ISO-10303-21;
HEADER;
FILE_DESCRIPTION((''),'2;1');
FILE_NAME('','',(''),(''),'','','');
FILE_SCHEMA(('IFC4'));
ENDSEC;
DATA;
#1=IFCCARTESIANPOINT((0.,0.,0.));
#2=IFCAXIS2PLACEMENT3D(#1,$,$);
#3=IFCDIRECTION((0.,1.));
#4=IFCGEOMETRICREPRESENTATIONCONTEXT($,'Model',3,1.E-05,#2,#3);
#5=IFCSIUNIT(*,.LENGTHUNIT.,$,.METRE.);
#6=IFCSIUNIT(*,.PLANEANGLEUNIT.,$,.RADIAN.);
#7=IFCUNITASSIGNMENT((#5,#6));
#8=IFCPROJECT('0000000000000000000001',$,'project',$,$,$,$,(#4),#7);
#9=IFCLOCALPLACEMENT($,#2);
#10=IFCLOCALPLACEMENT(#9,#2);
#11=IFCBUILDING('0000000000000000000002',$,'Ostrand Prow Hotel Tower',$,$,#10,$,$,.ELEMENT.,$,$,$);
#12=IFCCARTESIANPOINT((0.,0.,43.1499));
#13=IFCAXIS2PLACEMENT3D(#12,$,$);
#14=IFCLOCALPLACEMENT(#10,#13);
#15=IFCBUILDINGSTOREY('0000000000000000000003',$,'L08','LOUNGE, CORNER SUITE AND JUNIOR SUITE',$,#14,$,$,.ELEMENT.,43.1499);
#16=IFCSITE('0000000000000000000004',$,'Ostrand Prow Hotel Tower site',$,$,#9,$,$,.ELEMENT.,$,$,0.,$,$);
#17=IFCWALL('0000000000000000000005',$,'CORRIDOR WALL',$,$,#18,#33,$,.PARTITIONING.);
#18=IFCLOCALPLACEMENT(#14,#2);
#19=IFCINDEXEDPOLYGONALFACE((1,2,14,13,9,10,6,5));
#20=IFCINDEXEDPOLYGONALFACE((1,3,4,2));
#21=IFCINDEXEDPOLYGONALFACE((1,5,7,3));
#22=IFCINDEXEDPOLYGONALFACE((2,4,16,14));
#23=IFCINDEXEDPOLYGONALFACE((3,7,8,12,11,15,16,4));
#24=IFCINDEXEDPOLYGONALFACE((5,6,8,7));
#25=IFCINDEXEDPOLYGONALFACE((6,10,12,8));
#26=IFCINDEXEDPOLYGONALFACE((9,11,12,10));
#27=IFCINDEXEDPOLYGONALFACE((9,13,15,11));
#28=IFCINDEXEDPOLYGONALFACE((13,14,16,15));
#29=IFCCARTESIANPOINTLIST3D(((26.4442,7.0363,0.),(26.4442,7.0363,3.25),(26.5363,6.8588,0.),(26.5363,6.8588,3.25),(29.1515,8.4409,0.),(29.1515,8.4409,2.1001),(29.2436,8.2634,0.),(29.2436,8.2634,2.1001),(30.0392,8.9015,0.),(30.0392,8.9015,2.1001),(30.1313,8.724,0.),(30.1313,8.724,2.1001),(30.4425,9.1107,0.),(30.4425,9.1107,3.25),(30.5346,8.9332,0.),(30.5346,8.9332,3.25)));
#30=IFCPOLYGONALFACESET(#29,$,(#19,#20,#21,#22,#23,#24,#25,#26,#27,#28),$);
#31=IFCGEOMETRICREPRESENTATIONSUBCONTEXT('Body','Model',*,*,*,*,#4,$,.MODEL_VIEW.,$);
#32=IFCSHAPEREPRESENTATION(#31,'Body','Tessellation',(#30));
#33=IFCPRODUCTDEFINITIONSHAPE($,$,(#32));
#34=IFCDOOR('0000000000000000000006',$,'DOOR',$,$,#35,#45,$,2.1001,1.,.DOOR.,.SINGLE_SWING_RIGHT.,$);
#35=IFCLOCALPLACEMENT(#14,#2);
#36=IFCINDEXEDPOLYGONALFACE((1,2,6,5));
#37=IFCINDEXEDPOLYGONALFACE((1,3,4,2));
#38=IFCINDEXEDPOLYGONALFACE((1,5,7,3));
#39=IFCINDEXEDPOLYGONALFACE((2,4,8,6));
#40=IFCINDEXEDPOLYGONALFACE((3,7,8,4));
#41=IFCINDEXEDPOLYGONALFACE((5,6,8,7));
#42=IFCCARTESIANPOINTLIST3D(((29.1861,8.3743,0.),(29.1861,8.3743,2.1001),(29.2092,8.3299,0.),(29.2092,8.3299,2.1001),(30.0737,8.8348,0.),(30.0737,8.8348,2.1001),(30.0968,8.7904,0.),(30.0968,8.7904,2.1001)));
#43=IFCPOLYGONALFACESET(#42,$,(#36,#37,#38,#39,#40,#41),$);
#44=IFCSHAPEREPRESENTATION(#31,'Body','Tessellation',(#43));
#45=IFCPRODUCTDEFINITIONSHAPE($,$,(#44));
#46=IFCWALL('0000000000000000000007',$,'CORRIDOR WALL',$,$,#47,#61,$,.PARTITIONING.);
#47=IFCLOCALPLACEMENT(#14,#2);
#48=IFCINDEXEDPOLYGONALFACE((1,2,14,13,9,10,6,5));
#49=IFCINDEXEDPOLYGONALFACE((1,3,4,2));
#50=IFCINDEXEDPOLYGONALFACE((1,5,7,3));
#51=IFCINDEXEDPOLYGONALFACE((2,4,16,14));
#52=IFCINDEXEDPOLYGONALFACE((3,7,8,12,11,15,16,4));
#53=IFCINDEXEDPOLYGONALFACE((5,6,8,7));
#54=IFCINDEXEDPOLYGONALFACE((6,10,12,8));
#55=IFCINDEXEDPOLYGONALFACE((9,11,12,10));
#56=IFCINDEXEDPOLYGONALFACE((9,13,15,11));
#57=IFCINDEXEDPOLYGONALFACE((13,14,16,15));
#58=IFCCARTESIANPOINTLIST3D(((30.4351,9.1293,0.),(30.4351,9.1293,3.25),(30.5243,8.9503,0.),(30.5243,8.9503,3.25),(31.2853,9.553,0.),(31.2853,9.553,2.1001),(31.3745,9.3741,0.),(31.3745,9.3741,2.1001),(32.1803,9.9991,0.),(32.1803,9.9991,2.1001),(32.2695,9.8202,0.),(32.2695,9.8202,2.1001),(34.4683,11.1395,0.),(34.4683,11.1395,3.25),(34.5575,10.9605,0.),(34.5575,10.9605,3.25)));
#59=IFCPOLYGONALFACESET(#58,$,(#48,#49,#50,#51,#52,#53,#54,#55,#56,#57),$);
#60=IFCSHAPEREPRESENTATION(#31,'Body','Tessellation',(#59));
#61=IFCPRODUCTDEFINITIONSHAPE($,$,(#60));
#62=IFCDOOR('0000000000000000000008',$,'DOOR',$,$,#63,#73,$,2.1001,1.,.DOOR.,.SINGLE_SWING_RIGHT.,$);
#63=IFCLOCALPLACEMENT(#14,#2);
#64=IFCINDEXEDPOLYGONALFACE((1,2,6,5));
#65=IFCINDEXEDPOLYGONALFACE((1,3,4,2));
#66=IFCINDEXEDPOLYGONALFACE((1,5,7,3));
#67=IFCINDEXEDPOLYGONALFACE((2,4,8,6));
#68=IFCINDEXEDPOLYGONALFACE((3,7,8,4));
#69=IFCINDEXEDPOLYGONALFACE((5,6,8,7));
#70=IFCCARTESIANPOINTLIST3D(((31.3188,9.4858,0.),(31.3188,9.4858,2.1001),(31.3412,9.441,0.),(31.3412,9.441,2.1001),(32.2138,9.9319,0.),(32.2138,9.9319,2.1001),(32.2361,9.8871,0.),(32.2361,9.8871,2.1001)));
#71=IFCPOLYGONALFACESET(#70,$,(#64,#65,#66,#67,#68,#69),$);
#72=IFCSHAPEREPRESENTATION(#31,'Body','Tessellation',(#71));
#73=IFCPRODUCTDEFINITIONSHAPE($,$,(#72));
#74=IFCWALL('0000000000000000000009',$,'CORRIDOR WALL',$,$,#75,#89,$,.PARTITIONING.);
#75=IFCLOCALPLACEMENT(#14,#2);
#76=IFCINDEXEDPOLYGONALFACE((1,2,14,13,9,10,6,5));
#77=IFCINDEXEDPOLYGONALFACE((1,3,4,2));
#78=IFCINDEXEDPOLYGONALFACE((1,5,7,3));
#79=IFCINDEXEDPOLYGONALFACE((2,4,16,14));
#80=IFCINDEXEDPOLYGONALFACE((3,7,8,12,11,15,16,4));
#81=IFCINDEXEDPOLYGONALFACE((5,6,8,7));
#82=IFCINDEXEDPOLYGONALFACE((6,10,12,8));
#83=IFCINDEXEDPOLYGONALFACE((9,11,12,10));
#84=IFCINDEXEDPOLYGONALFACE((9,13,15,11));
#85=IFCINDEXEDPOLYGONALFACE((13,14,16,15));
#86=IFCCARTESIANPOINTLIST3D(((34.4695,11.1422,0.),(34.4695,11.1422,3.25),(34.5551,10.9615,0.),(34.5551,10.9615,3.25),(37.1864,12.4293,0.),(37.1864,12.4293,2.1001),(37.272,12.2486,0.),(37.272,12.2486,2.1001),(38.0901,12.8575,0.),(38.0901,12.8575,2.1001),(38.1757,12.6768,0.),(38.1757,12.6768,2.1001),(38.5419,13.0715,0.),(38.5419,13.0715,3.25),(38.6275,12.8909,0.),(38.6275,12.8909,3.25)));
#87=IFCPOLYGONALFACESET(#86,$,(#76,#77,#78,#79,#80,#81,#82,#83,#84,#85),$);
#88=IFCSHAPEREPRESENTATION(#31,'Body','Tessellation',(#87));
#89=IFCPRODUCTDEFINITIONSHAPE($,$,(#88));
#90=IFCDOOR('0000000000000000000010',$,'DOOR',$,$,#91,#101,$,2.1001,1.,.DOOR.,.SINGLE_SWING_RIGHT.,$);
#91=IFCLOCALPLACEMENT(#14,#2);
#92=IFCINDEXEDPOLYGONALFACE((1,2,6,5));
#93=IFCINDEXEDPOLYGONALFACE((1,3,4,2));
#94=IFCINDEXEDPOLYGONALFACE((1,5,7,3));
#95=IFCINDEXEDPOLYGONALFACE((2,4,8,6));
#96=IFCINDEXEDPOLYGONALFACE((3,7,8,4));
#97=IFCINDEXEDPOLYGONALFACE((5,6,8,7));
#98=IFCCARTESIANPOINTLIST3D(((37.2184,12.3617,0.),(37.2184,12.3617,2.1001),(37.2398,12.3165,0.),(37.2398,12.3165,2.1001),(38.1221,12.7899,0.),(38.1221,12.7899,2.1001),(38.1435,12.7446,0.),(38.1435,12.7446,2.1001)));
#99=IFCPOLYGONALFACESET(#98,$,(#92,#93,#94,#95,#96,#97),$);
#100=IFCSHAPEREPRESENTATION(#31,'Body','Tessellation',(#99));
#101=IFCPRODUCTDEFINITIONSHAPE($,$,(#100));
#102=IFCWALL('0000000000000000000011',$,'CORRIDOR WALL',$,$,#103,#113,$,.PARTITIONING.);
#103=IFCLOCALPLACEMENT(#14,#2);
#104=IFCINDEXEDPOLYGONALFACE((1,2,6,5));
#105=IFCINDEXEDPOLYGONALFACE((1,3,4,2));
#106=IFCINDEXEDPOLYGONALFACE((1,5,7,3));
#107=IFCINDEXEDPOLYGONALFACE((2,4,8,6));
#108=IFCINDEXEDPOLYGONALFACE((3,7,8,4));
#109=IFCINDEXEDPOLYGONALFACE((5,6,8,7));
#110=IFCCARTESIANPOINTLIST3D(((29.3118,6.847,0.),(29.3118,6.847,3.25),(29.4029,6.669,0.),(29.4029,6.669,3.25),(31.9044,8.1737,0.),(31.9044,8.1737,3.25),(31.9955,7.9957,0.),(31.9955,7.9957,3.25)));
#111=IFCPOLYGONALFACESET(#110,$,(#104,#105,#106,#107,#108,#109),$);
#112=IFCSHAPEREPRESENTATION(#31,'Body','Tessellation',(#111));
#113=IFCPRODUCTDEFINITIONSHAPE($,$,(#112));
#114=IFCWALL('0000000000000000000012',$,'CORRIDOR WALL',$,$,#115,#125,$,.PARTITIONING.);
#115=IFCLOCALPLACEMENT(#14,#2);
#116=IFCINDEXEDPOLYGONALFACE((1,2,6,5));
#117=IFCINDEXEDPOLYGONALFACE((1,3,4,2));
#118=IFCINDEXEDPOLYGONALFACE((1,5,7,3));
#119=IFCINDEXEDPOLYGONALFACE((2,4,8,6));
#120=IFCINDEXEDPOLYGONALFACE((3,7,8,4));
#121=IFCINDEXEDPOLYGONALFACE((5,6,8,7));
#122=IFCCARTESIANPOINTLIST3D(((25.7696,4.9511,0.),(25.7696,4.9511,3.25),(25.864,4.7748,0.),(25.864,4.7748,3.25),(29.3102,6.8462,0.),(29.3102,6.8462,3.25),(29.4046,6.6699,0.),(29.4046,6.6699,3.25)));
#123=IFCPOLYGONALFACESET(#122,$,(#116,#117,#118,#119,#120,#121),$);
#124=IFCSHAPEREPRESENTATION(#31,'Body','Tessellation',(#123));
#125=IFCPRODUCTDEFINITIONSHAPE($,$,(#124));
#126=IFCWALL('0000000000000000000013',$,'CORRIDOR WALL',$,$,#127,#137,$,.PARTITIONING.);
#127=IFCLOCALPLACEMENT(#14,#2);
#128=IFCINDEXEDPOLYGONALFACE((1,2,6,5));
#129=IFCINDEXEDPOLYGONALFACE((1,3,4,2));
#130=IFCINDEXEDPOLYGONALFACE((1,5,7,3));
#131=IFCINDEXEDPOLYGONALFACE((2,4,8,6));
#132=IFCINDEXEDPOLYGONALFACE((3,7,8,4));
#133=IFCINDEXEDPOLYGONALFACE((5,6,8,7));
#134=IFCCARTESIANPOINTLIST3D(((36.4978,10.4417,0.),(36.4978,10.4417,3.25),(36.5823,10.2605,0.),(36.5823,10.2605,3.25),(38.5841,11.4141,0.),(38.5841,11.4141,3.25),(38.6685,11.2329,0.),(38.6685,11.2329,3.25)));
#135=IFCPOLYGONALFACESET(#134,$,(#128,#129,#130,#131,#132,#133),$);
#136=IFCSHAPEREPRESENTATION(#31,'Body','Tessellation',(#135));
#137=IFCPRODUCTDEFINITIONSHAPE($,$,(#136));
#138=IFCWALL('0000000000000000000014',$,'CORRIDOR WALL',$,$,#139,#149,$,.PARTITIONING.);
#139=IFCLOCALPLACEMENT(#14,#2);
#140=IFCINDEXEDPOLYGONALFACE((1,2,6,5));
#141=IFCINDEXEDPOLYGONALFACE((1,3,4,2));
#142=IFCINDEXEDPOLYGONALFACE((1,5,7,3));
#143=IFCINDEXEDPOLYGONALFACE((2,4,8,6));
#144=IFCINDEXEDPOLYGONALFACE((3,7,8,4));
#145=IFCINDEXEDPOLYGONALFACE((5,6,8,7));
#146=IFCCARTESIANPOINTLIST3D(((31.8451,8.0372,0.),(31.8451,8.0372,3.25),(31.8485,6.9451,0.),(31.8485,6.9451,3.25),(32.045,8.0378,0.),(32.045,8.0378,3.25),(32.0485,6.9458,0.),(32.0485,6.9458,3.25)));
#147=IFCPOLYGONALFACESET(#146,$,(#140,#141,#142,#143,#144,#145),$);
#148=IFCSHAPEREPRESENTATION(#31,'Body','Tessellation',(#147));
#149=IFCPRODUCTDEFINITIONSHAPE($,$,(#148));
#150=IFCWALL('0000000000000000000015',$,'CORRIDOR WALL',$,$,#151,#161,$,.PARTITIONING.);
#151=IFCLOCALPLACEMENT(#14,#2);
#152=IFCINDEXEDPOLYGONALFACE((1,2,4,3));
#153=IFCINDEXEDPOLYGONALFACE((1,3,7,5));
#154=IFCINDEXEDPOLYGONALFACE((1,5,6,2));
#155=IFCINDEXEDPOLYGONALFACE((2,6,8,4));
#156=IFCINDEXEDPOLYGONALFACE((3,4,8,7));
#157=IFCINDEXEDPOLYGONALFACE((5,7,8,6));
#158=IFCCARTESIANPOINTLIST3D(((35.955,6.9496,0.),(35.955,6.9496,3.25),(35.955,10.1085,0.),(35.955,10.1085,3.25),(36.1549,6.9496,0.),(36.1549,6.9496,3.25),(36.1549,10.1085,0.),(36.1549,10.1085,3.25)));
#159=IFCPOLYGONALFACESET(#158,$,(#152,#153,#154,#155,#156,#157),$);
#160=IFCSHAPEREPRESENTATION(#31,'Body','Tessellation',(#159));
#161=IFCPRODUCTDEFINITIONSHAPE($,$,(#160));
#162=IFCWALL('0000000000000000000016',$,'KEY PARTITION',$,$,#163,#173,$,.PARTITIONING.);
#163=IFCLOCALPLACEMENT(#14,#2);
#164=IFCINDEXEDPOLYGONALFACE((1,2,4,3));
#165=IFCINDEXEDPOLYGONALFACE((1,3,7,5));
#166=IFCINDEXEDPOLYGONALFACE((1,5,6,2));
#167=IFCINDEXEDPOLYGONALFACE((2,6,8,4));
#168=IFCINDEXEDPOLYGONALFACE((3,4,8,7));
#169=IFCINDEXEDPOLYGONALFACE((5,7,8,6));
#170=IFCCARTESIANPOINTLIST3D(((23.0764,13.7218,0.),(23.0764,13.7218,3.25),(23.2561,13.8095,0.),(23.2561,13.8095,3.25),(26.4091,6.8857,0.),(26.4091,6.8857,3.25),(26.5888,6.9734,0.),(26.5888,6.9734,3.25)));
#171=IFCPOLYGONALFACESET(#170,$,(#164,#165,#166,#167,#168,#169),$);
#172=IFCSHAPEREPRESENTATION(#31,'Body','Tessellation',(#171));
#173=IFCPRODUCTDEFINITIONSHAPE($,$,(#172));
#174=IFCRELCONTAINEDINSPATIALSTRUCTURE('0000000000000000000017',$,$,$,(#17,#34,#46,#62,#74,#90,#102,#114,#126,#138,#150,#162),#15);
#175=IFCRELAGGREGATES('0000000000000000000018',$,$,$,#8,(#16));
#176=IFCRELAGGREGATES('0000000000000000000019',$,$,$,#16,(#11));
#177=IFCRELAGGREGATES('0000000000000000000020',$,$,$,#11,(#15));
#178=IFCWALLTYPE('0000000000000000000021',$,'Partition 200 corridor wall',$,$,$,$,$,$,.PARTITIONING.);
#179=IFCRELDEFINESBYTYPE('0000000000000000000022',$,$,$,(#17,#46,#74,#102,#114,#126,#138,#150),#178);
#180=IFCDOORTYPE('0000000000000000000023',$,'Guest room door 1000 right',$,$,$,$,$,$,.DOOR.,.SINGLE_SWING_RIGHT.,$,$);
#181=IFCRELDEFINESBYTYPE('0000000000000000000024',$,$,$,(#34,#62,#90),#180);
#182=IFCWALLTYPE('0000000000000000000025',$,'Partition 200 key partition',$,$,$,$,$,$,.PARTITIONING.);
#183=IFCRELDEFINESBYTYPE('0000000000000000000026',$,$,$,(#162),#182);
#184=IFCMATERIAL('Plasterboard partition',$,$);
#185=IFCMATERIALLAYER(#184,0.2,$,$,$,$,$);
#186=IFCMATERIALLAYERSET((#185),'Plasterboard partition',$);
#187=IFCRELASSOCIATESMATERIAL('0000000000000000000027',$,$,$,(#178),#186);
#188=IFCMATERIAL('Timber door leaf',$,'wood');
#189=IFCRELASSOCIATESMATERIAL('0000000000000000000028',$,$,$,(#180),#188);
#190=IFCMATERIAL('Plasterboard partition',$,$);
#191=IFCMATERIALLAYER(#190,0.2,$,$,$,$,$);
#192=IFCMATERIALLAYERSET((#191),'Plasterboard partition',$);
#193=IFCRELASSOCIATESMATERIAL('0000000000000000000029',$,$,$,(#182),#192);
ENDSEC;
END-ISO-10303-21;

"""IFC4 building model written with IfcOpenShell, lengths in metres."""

from ifc_helpers import new_model, si_unit, direction, frame, frame_2d, origin, place, context, subcontext, project, spatial, rectangle, extrude, material, layer, layer_set, type_object, element, fill, save


model = new_model("IFC4")

# Units and contexts
model_context = context("Model", 3, precision=1e-05, world=origin(), true_north=direction((0.0, 1.0)))
body_context = subcontext(model_context, "Body", "Model", "MODEL_VIEW")
ifc_project = project(units=[si_unit("LENGTHUNIT", "METRE"), si_unit("PLANEANGLEUNIT", "RADIAN")], contexts=[model_context])

# Site, building, storey
site_placement = place(None, origin())
site = spatial("IfcSite", under=ifc_project, at=site_placement, Name="Ostrand Prow Hotel Tower site", CompositionType="ELEMENT", RefElevation=0.0)
building_placement = place(site_placement, origin())
building = spatial("IfcBuilding", under=site, at=building_placement, Name="Ostrand Prow Hotel Tower", CompositionType="ELEMENT")
storey_placement = place(building_placement, frame((0.0, 0.0, 43.1499)))
storey = spatial("IfcBuildingStorey", under=building, at=storey_placement, Name="L08", Description="LOUNGE, CORNER SUITE AND JUNIOR SUITE", CompositionType="ELEMENT", Elevation=43.1499)

# Walls, openings, doors
ifc_material_1 = material(Name="Plasterboard partition")
ifc_layer_1 = layer(ifc_material_1, 0.2)
ifc_layer_set_1 = layer_set([ifc_layer_1], Name="Plasterboard partition")
wall_type_1 = type_object("IfcWallType", Name="Partition 200 corridor wall", PredefinedType="PARTITIONING", material=ifc_layer_set_1)
wall_1_placement = place(storey_placement, frame((26.4902, 6.9475, 0.0), z_axis=(0.0, 0.0, 1.0), x_axis=(0.887639, 0.46054, 0.0)))
wall_1 = element("IfcWall", 1, at=wall_1_placement, inside=storey, type_object=wall_type_1, Name="CORRIDOR WALL", PredefinedType="PARTITIONING", context=body_context, shape_type="SweptSolid", body=[
    extrude(rectangle(XDim=4.5044, YDim=0.2, at=frame_2d((2.2522, 0.0))), origin(), (0.0, 0.0, 1.0), 3.25),
])
opening_1_placement = place(wall_1_placement, frame((3.05, 0.0, 0.0)))
opening_1 = element("IfcOpeningElement", 2, at=opening_1_placement, cuts=wall_1, PredefinedType="OPENING", context=body_context, shape_type="SweptSolid", body=[
    extrude(rectangle(XDim=1.0, YDim=2.1001, at=frame_2d((0.5, 1.05))), frame((0.0, 0.1099, 0.0), z_axis=(0.0, -1.0, 0.0), x_axis=(1.0, 0.0, 0.0)), (0.0, 0.0, 1.0), 0.22),
])
ifc_material_2 = material(Name="Timber door leaf", Category="wood")
door_type_1 = type_object("IfcDoorType", Name="Guest room door 1000 right", OperationType="SINGLE_SWING_RIGHT", PredefinedType="DOOR", material=ifc_material_2)
door_1_placement = place(opening_1_placement, origin())
door_1 = element("IfcDoor", 3, at=door_1_placement, inside=storey, type_object=door_type_1, Name="DOOR", OperationType="SINGLE_SWING_RIGHT", OverallHeight=2.1001, OverallWidth=1.0, PredefinedType="DOOR", context=body_context, shape_type="SweptSolid", body=[
    extrude(rectangle(XDim=1.0, YDim=2.1001, at=frame_2d((0.5, 1.05))), frame((0.0, 0.0249, 0.0), z_axis=(0.0, -1.0, 0.0), x_axis=(1.0, 0.0, 0.0)), (0.0, 0.0, 1.0), 0.05),
])
fill(opening_1, door_1)
wall_2_placement = place(storey_placement, frame((30.4797, 9.0398, 0.0), z_axis=(0.0, 0.0, 1.0), x_axis=(0.89499, 0.446086, 0.0)))
wall_2 = element("IfcWall", 4, at=wall_2_placement, inside=storey, type_object=wall_type_1, Name="CORRIDOR WALL", PredefinedType="PARTITIONING", context=body_context, shape_type="SweptSolid", body=[
    extrude(rectangle(XDim=4.5063, YDim=0.2, at=frame_2d((2.2532, 0.0))), origin(), (0.0, 0.0, 1.0), 3.25),
])
opening_2_placement = place(wall_2_placement, frame((0.95, 0.0, 0.0)))
opening_2 = element("IfcOpeningElement", 5, at=opening_2_placement, cuts=wall_2, PredefinedType="OPENING", context=body_context, shape_type="SweptSolid", body=[
    extrude(rectangle(XDim=1.0, YDim=2.1001, at=frame_2d((0.5, 1.05))), frame((0.0, 0.1099, 0.0), z_axis=(0.0, -1.0, 0.0), x_axis=(1.0, 0.0, 0.0)), (0.0, 0.0, 1.0), 0.22),
])
door_2_placement = place(opening_2_placement, origin())
door_2 = element("IfcDoor", 6, at=door_2_placement, inside=storey, type_object=door_type_1, Name="DOOR", OperationType="SINGLE_SWING_RIGHT", OverallHeight=2.1001, OverallWidth=1.0, PredefinedType="DOOR", context=body_context, shape_type="SweptSolid", body=[
    extrude(rectangle(XDim=1.0, YDim=2.1001, at=frame_2d((0.5, 1.05))), frame((0.0, 0.0249, 0.0), z_axis=(0.0, -1.0, 0.0), x_axis=(1.0, 0.0, 0.0)), (0.0, 0.0, 1.0), 0.05),
])
fill(opening_2, door_2)
wall_3_placement = place(storey_placement, frame((38.5847, 12.9812, 0.0), z_axis=(0.0, 0.0, 1.0), x_axis=(-0.903707, -0.428152, 0.0)))
wall_3 = element("IfcWall", 7, at=wall_3_placement, inside=storey, type_object=wall_type_1, Name="CORRIDOR WALL", PredefinedType="PARTITIONING", context=body_context, shape_type="SweptSolid", body=[
    extrude(rectangle(XDim=4.5063, YDim=0.2, at=frame_2d((2.2532, 0.0))), origin(), (0.0, 0.0, 1.0), 3.25),
])
opening_3_placement = place(wall_3_placement, frame((0.5, 0.0, 0.0)))
opening_3 = element("IfcOpeningElement", 8, at=opening_3_placement, cuts=wall_3, PredefinedType="OPENING", context=body_context, shape_type="SweptSolid", body=[
    extrude(rectangle(XDim=1.0, YDim=2.1001, at=frame_2d((0.5, 1.05))), frame((0.0, 0.1099, 0.0), z_axis=(0.0, -1.0, 0.0), x_axis=(1.0, 0.0, 0.0)), (0.0, 0.0, 1.0), 0.22),
])
door_3_placement = place(opening_3_placement, origin())
door_3 = element("IfcDoor", 9, at=door_3_placement, inside=storey, type_object=door_type_1, Name="DOOR", OperationType="SINGLE_SWING_RIGHT", OverallHeight=2.1001, OverallWidth=1.0, PredefinedType="DOOR", context=body_context, shape_type="SweptSolid", body=[
    extrude(rectangle(XDim=1.0, YDim=2.1001, at=frame_2d((0.5, 1.05))), frame((0.0, 0.0249, 0.0), z_axis=(0.0, -1.0, 0.0), x_axis=(1.0, 0.0, 0.0)), (0.0, 0.0, 1.0), 0.05),
])
fill(opening_3, door_3)

# Walls
wall_4_placement = place(storey_placement, frame((29.3574, 6.7581, 0.0), z_axis=(0.0, 0.0, 1.0), x_axis=(0.890213, 0.455544, 0.0)))
element("IfcWall", 10, at=wall_4_placement, inside=storey, type_object=wall_type_1, Name="CORRIDOR WALL", PredefinedType="PARTITIONING", context=body_context, shape_type="SweptSolid", body=[
    extrude(rectangle(XDim=2.9124, YDim=0.2, at=frame_2d((1.4561, 0.0))), origin(), (0.0, 0.0, 1.0), 3.25),
])
wall_5_placement = place(storey_placement, frame((25.8169, 4.863, 0.0), z_axis=(0.0, 0.0, 1.0), x_axis=(0.881655, 0.471894, 0.0)))
element("IfcWall", 11, at=wall_5_placement, inside=storey, type_object=wall_type_1, Name="CORRIDOR WALL", PredefinedType="PARTITIONING", context=body_context, shape_type="SweptSolid", body=[
    extrude(rectangle(XDim=4.0159, YDim=0.2, at=frame_2d((2.0078, 0.0))), origin(), (0.0, 0.0, 1.0), 3.25),
])
wall_6_placement = place(storey_placement, frame((36.54, 10.3511, 0.0), z_axis=(0.0, 0.0, 1.0), x_axis=(0.906373, 0.422479, 0.0)))
element("IfcWall", 12, at=wall_6_placement, inside=storey, type_object=wall_type_1, Name="CORRIDOR WALL", PredefinedType="PARTITIONING", context=body_context, shape_type="SweptSolid", body=[
    extrude(rectangle(XDim=2.3018, YDim=0.2, at=frame_2d((1.1509, 0.0))), origin(), (0.0, 0.0, 1.0), 3.25),
])
wall_7_placement = place(storey_placement, frame((31.9451, 8.0374, 0.0), z_axis=(0.0, 0.0, 1.0), x_axis=(0.00313, -0.999995, 0.0)))
element("IfcWall", 13, at=wall_7_placement, inside=storey, type_object=wall_type_1, Name="CORRIDOR WALL", PredefinedType="PARTITIONING", context=body_context, shape_type="SweptSolid", body=[
    extrude(rectangle(XDim=1.092, YDim=0.2, at=frame_2d((0.5459, 0.0))), origin(), (0.0, 0.0, 1.0), 3.25),
])
wall_8_placement = place(storey_placement, frame((36.0549, 6.9495, 0.0), z_axis=(0.0, 0.0, 1.0), x_axis=(0.0, 1.0, 0.0)))
element("IfcWall", 14, at=wall_8_placement, inside=storey, type_object=wall_type_1, Name="CORRIDOR WALL", PredefinedType="PARTITIONING", context=body_context, shape_type="SweptSolid", body=[
    extrude(rectangle(XDim=3.1589, YDim=0.2, at=frame_2d((1.5796, 0.0))), origin(), (0.0, 0.0, 1.0), 3.25),
])
ifc_material_3 = material(Name="Plasterboard partition")
ifc_layer_2 = layer(ifc_material_3, 0.2)
ifc_layer_set_2 = layer_set([ifc_layer_2], Name="Plasterboard partition")
wall_type_2 = type_object("IfcWallType", Name="Partition 200 key partition", PredefinedType="PARTITIONING", material=ifc_layer_set_2)
wall_9_placement = place(storey_placement, frame((26.499, 6.9294, 0.0), z_axis=(0.0, 0.0, 1.0), x_axis=(-0.438216, 0.89887, 0.0)))
element("IfcWall", 15, at=wall_9_placement, inside=storey, type_object=wall_type_2, Name="KEY PARTITION", PredefinedType="PARTITIONING", context=body_context, shape_type="SweptSolid", body=[
    extrude(rectangle(XDim=7.6052, YDim=0.2, at=frame_2d((3.8027, 0.0))), origin(), (0.0, 0.0, 1.0), 3.25),
])

save(model, "model.ifc")
